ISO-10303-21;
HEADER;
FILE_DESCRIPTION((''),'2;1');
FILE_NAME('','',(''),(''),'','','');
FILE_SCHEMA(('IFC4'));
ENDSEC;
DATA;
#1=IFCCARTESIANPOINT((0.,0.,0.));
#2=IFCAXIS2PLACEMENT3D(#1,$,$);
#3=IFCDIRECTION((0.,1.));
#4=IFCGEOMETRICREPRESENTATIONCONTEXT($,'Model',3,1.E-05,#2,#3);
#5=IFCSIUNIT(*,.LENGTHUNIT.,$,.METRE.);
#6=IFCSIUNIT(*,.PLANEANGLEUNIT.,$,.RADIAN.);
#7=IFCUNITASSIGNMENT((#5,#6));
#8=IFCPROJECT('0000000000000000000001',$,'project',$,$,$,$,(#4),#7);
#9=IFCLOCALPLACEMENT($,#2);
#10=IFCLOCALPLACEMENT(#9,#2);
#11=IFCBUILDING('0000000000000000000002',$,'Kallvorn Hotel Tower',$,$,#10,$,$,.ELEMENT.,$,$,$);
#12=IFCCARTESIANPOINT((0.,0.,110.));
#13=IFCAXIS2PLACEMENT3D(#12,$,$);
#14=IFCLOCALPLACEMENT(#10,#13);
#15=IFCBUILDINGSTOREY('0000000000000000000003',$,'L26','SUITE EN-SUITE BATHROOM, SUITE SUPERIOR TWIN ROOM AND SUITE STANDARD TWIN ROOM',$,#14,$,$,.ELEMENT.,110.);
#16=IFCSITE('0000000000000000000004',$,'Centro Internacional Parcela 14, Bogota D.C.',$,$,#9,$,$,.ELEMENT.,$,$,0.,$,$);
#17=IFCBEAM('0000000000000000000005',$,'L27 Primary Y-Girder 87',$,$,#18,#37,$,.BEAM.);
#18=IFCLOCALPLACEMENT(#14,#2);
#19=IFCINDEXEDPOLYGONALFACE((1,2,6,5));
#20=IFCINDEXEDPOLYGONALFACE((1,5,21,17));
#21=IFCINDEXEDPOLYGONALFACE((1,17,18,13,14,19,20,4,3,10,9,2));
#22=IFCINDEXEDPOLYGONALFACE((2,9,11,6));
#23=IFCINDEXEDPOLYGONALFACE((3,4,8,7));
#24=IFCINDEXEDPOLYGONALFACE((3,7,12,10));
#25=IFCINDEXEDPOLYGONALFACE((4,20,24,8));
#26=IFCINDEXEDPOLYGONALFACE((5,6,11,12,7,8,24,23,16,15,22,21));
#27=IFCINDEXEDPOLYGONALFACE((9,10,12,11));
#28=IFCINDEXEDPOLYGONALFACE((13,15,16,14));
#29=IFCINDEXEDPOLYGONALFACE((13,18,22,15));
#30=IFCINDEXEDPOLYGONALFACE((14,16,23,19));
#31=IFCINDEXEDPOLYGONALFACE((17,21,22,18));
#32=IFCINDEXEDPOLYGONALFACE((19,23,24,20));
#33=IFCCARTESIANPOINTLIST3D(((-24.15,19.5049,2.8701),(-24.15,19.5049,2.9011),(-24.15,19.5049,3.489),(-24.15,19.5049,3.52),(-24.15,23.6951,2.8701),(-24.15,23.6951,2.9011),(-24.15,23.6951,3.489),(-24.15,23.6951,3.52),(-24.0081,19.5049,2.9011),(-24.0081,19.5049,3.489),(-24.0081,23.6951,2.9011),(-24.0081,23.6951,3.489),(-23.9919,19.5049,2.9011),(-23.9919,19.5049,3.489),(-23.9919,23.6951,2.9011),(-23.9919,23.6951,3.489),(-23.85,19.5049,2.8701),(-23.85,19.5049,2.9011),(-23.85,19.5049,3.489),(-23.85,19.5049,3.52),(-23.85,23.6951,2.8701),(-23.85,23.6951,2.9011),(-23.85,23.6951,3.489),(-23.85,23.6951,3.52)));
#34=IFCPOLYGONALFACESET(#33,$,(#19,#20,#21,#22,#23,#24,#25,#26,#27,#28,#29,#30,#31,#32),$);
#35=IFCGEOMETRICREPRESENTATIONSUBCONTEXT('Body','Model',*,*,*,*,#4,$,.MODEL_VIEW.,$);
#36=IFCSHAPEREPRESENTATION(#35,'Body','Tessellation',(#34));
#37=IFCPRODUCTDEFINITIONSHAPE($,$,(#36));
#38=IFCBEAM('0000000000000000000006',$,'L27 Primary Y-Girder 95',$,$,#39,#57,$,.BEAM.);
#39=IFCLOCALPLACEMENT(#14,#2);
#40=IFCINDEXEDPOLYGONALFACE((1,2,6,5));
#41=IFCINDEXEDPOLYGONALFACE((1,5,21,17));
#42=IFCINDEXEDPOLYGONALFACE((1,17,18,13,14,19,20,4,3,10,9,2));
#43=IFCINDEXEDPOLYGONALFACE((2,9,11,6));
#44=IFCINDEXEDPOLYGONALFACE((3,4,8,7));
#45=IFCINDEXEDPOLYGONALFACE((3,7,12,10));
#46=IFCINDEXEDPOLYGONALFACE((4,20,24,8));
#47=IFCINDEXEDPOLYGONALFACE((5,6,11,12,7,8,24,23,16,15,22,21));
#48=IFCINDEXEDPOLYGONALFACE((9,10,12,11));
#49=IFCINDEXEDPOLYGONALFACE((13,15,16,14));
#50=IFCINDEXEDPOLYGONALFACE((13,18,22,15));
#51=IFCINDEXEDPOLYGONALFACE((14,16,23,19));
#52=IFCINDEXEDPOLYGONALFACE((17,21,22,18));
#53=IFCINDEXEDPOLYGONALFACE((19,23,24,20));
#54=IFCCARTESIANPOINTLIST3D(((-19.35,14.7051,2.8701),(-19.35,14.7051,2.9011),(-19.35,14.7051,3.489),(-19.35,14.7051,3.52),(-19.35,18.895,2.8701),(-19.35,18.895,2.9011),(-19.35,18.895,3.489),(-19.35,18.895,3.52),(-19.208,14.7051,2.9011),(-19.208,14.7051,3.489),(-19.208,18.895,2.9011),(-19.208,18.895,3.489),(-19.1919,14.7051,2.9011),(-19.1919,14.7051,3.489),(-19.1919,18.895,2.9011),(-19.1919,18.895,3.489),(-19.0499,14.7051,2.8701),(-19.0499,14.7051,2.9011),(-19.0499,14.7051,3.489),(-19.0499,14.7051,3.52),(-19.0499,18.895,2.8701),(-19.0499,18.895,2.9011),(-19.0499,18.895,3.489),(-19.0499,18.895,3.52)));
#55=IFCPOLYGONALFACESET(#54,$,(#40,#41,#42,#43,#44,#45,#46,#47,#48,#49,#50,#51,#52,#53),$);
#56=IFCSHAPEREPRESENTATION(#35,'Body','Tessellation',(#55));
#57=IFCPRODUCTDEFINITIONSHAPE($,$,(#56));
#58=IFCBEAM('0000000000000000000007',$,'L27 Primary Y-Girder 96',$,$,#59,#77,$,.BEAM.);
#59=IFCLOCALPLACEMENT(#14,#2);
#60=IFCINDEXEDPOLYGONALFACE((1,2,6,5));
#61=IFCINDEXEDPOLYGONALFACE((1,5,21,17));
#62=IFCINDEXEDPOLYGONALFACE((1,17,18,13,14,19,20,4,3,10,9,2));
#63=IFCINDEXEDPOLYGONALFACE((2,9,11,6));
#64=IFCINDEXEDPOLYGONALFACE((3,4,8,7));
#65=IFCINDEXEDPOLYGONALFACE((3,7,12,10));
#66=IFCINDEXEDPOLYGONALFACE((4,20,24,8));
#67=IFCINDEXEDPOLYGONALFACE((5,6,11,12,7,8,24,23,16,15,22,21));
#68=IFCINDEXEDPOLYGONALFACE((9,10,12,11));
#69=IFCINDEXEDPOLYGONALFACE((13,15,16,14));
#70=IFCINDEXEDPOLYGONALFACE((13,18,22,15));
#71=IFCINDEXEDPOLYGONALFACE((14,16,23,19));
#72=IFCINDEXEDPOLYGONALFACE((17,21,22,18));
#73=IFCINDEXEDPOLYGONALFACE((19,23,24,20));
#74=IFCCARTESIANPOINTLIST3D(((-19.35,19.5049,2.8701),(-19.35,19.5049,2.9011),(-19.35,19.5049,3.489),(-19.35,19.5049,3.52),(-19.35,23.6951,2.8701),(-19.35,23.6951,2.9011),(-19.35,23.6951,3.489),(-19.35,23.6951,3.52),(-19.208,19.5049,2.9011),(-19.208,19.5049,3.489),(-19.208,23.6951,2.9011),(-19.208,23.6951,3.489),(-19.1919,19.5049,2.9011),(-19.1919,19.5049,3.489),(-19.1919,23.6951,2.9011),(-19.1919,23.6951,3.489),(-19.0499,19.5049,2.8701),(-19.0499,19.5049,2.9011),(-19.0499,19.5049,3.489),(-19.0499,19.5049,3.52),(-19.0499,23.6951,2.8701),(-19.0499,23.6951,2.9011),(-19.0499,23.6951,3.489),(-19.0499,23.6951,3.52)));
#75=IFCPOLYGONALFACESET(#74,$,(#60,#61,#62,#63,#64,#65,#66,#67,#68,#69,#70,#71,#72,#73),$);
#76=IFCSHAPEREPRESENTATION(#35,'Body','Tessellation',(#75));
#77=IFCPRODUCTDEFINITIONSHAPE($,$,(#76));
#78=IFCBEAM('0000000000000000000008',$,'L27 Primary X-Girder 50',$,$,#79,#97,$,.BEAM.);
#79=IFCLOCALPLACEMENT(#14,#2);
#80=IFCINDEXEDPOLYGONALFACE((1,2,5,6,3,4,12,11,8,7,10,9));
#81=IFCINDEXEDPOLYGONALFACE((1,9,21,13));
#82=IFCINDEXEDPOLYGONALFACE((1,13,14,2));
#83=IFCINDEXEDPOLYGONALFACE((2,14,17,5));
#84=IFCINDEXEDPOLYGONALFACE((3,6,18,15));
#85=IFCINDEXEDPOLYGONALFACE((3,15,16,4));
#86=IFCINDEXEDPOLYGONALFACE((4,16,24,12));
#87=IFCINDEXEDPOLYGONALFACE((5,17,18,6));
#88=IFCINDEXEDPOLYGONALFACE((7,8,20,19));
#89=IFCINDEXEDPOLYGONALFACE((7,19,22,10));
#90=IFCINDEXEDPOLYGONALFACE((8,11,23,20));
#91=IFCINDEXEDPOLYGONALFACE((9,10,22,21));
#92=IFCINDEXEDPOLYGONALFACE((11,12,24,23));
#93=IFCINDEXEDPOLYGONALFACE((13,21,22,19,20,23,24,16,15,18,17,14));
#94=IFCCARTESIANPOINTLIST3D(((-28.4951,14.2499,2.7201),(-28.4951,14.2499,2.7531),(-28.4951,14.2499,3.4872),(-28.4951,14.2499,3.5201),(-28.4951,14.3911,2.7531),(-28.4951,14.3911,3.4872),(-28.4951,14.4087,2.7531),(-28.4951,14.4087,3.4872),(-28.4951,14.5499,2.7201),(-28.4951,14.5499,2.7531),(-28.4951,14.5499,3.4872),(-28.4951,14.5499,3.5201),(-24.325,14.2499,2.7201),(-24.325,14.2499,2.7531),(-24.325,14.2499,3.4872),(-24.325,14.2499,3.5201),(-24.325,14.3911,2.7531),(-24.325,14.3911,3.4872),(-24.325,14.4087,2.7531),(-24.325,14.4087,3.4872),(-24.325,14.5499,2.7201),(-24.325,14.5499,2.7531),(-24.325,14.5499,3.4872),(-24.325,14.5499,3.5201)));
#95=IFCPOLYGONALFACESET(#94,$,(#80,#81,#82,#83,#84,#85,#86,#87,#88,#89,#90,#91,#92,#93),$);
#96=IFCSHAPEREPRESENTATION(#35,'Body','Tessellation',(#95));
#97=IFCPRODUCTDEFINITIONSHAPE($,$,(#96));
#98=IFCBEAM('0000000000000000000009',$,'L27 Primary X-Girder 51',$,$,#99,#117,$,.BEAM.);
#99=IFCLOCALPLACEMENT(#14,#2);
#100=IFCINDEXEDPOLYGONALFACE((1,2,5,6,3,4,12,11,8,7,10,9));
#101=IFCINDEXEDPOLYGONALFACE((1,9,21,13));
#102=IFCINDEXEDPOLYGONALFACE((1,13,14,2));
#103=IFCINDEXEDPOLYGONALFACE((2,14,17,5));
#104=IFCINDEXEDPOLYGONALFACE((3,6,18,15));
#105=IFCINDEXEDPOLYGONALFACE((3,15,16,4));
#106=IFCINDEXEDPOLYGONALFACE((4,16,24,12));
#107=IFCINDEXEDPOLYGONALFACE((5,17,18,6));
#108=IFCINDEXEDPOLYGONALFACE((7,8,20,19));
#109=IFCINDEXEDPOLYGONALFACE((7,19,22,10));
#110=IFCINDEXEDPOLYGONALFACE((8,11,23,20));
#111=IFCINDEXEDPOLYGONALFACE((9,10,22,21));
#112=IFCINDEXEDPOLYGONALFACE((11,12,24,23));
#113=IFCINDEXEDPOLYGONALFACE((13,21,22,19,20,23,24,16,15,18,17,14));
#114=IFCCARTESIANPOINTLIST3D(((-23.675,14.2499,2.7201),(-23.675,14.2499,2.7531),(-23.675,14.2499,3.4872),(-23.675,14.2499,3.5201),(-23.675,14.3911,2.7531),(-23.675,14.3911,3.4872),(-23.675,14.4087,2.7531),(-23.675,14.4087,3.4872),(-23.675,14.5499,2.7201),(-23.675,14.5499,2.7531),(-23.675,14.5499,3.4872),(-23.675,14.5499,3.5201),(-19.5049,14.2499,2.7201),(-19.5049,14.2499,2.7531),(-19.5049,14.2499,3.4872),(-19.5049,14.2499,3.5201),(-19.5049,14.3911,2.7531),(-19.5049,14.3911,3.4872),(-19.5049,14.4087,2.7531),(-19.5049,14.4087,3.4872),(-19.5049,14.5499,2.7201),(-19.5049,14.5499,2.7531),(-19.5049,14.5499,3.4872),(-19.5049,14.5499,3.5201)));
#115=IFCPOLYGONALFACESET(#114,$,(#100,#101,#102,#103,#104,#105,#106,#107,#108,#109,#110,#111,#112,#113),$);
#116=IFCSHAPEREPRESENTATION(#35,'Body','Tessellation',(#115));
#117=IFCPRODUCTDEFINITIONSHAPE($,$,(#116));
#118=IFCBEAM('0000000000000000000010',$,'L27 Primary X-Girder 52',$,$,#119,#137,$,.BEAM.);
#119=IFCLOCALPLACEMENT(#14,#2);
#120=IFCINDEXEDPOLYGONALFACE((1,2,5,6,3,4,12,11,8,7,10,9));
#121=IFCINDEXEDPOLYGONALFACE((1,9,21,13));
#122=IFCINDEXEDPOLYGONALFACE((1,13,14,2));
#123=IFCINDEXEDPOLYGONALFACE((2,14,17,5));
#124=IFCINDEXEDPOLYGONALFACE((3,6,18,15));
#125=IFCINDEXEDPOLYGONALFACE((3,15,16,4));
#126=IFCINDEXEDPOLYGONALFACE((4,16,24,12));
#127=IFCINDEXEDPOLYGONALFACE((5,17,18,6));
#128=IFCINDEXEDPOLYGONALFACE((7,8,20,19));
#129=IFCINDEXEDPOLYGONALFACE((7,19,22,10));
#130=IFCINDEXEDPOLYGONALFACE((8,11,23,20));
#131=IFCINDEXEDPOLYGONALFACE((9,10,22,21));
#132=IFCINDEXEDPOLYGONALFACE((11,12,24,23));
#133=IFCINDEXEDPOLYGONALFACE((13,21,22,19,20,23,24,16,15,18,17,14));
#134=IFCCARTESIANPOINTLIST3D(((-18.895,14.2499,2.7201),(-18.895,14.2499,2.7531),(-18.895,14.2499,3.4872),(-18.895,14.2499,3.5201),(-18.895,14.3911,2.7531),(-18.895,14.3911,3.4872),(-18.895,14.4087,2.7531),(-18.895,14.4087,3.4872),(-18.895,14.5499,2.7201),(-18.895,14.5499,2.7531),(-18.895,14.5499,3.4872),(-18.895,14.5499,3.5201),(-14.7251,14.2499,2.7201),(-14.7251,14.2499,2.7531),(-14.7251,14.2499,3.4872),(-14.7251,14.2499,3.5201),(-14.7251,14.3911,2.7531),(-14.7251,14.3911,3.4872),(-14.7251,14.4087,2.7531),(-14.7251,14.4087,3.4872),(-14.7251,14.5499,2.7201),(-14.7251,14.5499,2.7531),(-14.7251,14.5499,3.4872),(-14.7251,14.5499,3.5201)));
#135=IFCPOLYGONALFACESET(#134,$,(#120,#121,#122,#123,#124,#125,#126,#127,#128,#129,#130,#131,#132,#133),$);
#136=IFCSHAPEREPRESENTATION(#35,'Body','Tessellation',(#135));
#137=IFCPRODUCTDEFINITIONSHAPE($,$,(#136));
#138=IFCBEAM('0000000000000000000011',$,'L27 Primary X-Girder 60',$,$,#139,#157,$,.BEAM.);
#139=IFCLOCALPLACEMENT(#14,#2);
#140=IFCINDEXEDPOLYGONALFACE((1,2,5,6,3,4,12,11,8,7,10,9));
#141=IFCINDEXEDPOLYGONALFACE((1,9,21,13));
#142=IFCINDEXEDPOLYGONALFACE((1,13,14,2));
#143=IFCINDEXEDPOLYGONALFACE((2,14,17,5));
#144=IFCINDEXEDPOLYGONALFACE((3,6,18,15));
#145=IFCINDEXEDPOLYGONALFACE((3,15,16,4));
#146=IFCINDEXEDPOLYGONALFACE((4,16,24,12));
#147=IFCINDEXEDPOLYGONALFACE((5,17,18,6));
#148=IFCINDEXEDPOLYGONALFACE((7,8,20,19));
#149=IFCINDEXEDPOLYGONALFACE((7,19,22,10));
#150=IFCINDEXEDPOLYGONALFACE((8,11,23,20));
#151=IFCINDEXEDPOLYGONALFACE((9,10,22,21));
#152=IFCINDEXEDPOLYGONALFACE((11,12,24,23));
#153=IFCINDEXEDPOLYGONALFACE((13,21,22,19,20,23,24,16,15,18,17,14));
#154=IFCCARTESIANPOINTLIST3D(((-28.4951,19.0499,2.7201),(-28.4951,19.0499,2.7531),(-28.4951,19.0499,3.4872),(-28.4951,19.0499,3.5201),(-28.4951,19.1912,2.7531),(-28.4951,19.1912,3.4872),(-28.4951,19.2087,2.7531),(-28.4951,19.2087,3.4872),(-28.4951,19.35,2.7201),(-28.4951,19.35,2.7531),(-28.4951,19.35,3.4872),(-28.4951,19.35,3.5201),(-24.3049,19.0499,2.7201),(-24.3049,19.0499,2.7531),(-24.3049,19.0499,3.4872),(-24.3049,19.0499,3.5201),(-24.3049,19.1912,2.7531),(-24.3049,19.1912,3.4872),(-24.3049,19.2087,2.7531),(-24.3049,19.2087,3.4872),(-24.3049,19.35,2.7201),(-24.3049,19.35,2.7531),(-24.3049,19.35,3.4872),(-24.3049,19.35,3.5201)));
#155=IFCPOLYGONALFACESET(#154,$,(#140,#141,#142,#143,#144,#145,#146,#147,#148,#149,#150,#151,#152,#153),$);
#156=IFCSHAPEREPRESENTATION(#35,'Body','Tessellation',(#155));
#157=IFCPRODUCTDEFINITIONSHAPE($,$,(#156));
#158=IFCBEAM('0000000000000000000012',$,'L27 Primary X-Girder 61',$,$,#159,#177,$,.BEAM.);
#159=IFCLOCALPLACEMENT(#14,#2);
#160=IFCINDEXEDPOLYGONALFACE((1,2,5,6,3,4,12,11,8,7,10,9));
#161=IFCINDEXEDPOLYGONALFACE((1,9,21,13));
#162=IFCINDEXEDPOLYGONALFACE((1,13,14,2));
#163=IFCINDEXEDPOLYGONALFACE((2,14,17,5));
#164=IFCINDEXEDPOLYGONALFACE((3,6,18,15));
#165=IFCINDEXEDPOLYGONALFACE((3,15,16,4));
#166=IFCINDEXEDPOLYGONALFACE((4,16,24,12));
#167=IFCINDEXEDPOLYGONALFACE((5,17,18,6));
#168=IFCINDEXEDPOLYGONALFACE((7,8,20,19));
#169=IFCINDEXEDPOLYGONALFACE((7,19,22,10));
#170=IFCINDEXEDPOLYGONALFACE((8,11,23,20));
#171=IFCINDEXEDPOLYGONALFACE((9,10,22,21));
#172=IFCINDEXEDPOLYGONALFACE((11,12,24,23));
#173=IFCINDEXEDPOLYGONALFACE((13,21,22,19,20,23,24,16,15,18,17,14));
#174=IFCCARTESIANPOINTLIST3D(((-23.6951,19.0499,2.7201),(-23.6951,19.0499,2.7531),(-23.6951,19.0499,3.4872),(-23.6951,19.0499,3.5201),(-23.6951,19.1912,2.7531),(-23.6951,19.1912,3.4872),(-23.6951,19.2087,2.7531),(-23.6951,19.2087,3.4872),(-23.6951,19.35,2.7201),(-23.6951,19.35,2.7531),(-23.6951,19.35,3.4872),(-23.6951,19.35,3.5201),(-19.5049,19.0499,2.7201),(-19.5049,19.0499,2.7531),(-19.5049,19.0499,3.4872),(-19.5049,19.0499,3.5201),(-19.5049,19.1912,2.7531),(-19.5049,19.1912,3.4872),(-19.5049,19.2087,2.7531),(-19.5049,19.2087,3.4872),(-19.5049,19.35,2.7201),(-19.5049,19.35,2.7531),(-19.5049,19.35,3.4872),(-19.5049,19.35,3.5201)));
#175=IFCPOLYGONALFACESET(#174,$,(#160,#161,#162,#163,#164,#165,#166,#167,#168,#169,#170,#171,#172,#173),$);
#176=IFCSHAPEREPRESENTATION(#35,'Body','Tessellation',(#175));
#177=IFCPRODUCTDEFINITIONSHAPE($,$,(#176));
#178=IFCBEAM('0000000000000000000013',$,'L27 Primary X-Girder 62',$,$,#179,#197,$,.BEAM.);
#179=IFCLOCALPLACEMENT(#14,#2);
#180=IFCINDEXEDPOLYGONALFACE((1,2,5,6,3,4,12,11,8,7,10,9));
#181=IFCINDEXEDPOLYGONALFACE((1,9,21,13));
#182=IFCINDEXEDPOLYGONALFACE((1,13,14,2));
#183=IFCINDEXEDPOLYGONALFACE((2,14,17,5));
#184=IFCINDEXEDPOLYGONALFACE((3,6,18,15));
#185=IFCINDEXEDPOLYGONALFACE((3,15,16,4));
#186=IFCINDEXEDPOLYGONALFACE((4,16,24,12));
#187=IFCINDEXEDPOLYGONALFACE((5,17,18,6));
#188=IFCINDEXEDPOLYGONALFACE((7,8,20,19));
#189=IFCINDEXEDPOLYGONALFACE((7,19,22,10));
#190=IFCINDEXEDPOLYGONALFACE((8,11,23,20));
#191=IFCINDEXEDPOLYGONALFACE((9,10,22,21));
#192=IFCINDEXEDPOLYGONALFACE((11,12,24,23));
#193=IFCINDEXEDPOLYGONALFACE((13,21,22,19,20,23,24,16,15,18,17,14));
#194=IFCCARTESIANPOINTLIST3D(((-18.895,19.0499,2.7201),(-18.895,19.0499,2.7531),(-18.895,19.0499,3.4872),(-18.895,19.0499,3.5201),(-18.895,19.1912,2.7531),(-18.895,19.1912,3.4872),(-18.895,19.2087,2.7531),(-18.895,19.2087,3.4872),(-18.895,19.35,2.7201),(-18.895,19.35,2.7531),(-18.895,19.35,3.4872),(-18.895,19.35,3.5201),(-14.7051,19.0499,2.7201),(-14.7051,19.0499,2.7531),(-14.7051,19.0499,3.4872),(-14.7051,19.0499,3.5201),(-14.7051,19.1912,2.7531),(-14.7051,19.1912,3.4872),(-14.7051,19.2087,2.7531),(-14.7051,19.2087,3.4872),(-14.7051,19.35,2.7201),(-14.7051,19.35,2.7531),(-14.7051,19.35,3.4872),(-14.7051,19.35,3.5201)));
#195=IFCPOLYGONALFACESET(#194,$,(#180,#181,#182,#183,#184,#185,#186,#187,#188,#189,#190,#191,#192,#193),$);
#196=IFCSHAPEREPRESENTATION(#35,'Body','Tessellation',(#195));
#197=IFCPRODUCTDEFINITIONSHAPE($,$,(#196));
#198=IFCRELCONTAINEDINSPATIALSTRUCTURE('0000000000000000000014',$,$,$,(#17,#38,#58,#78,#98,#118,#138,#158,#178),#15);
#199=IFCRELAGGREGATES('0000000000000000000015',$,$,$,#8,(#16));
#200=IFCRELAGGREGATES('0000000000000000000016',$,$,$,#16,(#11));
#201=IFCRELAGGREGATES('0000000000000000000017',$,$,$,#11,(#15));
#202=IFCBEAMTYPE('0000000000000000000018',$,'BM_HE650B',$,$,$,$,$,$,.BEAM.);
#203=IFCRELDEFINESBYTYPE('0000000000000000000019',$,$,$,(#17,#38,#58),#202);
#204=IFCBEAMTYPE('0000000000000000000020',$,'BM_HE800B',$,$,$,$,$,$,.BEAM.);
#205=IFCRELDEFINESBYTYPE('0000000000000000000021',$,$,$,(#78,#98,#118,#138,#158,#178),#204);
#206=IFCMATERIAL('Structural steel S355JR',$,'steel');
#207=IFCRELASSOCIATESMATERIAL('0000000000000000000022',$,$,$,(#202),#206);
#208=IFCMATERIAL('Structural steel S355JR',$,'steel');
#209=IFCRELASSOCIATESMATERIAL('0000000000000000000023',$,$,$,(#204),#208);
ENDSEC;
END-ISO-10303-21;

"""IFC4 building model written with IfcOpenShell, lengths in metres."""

from ifc_helpers import new_model, si_unit, direction, frame, origin, origin_2d, place, context, subcontext, project, spatial, i_section, extrude, material, material_profile, profile_set, type_object, element, save


model = new_model("IFC4")

# Units and contexts
model_context = context("Model", 3, precision=1e-05, world=origin(), true_north=direction((0.0, 1.0)))
body_context = subcontext(model_context, "Body", "Model", "MODEL_VIEW")
ifc_project = project(units=[si_unit("LENGTHUNIT", "METRE"), si_unit("PLANEANGLEUNIT", "RADIAN")], contexts=[model_context])

# Site, building, storey
site_placement = place(None, origin())
site = spatial("IfcSite", under=ifc_project, at=site_placement, Name="Centro Internacional Parcela 14, Bogota D.C.", CompositionType="ELEMENT", RefElevation=0.0)
building_placement = place(site_placement, origin())
building = spatial("IfcBuilding", under=site, at=building_placement, Name="Kallvorn Hotel Tower", CompositionType="ELEMENT")
storey_placement = place(building_placement, frame((0.0, 0.0, 110.0)))
storey = spatial("IfcBuildingStorey", under=building, at=storey_placement, Name="L26", Description="SUITE EN-SUITE BATHROOM, SUITE SUPERIOR TWIN ROOM AND SUITE STANDARD TWIN ROOM", CompositionType="ELEMENT", Elevation=110.0)

# Beams
ifc_material_1 = material(Name="Structural steel S355JR", Category="steel")
ifc_material_profile_1 = material_profile(ifc_material_1, i_section(OverallWidth=0.3, OverallDepth=0.6499, WebThickness=0.0161, FlangeThickness=0.031, at=origin_2d()), Name="HE 650 B")
ifc_profile_set_1 = profile_set([ifc_material_profile_1], Name="Structural steel S355JR")
beam_type_1 = type_object("IfcBeamType", Name="BM_HE650B", PredefinedType="BEAM", material=ifc_profile_set_1)
beam_1_placement = place(storey_placement, frame((-24.0, 19.5049, 3.1951), z_axis=(0.0, 1.0, 0.0), x_axis=(-1.0, 0.0, 0.0)))
element("IfcBeam", 1, at=beam_1_placement, inside=storey, type_object=beam_type_1, Name="L27 Primary Y-Girder 87", PredefinedType="BEAM", context=body_context, shape_type="SweptSolid", body=[
    extrude(i_section(OverallWidth=0.3, OverallDepth=0.6499, WebThickness=0.0161, FlangeThickness=0.031, at=origin_2d()), origin(), (0.0, 0.0, 1.0), 4.1902),
])
beam_2_placement = place(storey_placement, frame((-19.2, 14.7051, 3.1951), z_axis=(0.0, 1.0, 0.0), x_axis=(-1.0, 0.0, 0.0)))
element("IfcBeam", 2, at=beam_2_placement, inside=storey, type_object=beam_type_1, Name="L27 Primary Y-Girder 95", PredefinedType="BEAM", context=body_context, shape_type="SweptSolid", body=[
    extrude(i_section(OverallWidth=0.3, OverallDepth=0.6499, WebThickness=0.0161, FlangeThickness=0.031, at=origin_2d()), origin(), (0.0, 0.0, 1.0), 4.1899),
])
beam_3_placement = place(storey_placement, frame((-19.2, 19.5049, 3.1951), z_axis=(0.0, 1.0, 0.0), x_axis=(-1.0, 0.0, 0.0)))
element("IfcBeam", 3, at=beam_3_placement, inside=storey, type_object=beam_type_1, Name="L27 Primary Y-Girder 96", PredefinedType="BEAM", context=body_context, shape_type="SweptSolid", body=[
    extrude(i_section(OverallWidth=0.3, OverallDepth=0.6499, WebThickness=0.0161, FlangeThickness=0.031, at=origin_2d()), origin(), (0.0, 0.0, 1.0), 4.1902),
])
ifc_material_2 = material(Name="Structural steel S355JR", Category="steel")
ifc_material_profile_2 = material_profile(ifc_material_2, i_section(OverallWidth=0.3, OverallDepth=0.8, WebThickness=0.0176, FlangeThickness=0.033, at=origin_2d()), Name="HE 800 B")
ifc_profile_set_2 = profile_set([ifc_material_profile_2], Name="Structural steel S355JR")
beam_type_2 = type_object("IfcBeamType", Name="BM_HE800B", PredefinedType="BEAM", material=ifc_profile_set_2)
for number, where, z_axis, x_axis, name in (
    (4, (-28.4951, 14.3999, 3.1201), (1.0, 0.0, 0.0), (0.0, 1.0, 0.0), "L27 Primary X-Girder 50"),
    (5, (-23.675, 14.3999, 3.1201), (1.0, 0.0, 0.0), (0.0, 1.0, 0.0), "L27 Primary X-Girder 51"),
):
    element("IfcBeam", number, at=place(storey_placement, frame(where, z_axis=z_axis, x_axis=x_axis)), inside=storey, type_object=beam_type_2, Name=name, PredefinedType="BEAM", context=body_context, shape_type="SweptSolid", body=[
        extrude(i_section(OverallWidth=0.3, OverallDepth=0.8, WebThickness=0.0176, FlangeThickness=0.033, at=origin_2d()), origin(), (0.0, 0.0, 1.0), 4.1702),
    ])
beam_4_placement = place(storey_placement, frame((-18.895, 14.3999, 3.1201), z_axis=(1.0, 0.0, 0.0), x_axis=(0.0, 1.0, 0.0)))
element("IfcBeam", 6, at=beam_4_placement, inside=storey, type_object=beam_type_2, Name="L27 Primary X-Girder 52", PredefinedType="BEAM", context=body_context, shape_type="SweptSolid", body=[
    extrude(i_section(OverallWidth=0.3, OverallDepth=0.8, WebThickness=0.0176, FlangeThickness=0.033, at=origin_2d()), origin(), (0.0, 0.0, 1.0), 4.1699),
])
for number, where, z_axis, x_axis, name in (
    (7, (-28.4951, 19.2, 3.1201), (1.0, 0.0, 0.0), (0.0, 1.0, 0.0), "L27 Primary X-Girder 60"),
    (8, (-23.6951, 19.2, 3.1201), (1.0, 0.0, 0.0), (0.0, 1.0, 0.0), "L27 Primary X-Girder 61"),
):
    element("IfcBeam", number, at=place(storey_placement, frame(where, z_axis=z_axis, x_axis=x_axis)), inside=storey, type_object=beam_type_2, Name=name, PredefinedType="BEAM", context=body_context, shape_type="SweptSolid", body=[
        extrude(i_section(OverallWidth=0.3, OverallDepth=0.8, WebThickness=0.0176, FlangeThickness=0.033, at=origin_2d()), origin(), (0.0, 0.0, 1.0), 4.1902),
    ])
beam_5_placement = place(storey_placement, frame((-18.895, 19.2, 3.1201), z_axis=(1.0, 0.0, 0.0), x_axis=(0.0, 1.0, 0.0)))
element("IfcBeam", 9, at=beam_5_placement, inside=storey, type_object=beam_type_2, Name="L27 Primary X-Girder 62", PredefinedType="BEAM", context=body_context, shape_type="SweptSolid", body=[
    extrude(i_section(OverallWidth=0.3, OverallDepth=0.8, WebThickness=0.0176, FlangeThickness=0.033, at=origin_2d()), origin(), (0.0, 0.0, 1.0), 4.1899),
])

save(model, "model.ifc")
